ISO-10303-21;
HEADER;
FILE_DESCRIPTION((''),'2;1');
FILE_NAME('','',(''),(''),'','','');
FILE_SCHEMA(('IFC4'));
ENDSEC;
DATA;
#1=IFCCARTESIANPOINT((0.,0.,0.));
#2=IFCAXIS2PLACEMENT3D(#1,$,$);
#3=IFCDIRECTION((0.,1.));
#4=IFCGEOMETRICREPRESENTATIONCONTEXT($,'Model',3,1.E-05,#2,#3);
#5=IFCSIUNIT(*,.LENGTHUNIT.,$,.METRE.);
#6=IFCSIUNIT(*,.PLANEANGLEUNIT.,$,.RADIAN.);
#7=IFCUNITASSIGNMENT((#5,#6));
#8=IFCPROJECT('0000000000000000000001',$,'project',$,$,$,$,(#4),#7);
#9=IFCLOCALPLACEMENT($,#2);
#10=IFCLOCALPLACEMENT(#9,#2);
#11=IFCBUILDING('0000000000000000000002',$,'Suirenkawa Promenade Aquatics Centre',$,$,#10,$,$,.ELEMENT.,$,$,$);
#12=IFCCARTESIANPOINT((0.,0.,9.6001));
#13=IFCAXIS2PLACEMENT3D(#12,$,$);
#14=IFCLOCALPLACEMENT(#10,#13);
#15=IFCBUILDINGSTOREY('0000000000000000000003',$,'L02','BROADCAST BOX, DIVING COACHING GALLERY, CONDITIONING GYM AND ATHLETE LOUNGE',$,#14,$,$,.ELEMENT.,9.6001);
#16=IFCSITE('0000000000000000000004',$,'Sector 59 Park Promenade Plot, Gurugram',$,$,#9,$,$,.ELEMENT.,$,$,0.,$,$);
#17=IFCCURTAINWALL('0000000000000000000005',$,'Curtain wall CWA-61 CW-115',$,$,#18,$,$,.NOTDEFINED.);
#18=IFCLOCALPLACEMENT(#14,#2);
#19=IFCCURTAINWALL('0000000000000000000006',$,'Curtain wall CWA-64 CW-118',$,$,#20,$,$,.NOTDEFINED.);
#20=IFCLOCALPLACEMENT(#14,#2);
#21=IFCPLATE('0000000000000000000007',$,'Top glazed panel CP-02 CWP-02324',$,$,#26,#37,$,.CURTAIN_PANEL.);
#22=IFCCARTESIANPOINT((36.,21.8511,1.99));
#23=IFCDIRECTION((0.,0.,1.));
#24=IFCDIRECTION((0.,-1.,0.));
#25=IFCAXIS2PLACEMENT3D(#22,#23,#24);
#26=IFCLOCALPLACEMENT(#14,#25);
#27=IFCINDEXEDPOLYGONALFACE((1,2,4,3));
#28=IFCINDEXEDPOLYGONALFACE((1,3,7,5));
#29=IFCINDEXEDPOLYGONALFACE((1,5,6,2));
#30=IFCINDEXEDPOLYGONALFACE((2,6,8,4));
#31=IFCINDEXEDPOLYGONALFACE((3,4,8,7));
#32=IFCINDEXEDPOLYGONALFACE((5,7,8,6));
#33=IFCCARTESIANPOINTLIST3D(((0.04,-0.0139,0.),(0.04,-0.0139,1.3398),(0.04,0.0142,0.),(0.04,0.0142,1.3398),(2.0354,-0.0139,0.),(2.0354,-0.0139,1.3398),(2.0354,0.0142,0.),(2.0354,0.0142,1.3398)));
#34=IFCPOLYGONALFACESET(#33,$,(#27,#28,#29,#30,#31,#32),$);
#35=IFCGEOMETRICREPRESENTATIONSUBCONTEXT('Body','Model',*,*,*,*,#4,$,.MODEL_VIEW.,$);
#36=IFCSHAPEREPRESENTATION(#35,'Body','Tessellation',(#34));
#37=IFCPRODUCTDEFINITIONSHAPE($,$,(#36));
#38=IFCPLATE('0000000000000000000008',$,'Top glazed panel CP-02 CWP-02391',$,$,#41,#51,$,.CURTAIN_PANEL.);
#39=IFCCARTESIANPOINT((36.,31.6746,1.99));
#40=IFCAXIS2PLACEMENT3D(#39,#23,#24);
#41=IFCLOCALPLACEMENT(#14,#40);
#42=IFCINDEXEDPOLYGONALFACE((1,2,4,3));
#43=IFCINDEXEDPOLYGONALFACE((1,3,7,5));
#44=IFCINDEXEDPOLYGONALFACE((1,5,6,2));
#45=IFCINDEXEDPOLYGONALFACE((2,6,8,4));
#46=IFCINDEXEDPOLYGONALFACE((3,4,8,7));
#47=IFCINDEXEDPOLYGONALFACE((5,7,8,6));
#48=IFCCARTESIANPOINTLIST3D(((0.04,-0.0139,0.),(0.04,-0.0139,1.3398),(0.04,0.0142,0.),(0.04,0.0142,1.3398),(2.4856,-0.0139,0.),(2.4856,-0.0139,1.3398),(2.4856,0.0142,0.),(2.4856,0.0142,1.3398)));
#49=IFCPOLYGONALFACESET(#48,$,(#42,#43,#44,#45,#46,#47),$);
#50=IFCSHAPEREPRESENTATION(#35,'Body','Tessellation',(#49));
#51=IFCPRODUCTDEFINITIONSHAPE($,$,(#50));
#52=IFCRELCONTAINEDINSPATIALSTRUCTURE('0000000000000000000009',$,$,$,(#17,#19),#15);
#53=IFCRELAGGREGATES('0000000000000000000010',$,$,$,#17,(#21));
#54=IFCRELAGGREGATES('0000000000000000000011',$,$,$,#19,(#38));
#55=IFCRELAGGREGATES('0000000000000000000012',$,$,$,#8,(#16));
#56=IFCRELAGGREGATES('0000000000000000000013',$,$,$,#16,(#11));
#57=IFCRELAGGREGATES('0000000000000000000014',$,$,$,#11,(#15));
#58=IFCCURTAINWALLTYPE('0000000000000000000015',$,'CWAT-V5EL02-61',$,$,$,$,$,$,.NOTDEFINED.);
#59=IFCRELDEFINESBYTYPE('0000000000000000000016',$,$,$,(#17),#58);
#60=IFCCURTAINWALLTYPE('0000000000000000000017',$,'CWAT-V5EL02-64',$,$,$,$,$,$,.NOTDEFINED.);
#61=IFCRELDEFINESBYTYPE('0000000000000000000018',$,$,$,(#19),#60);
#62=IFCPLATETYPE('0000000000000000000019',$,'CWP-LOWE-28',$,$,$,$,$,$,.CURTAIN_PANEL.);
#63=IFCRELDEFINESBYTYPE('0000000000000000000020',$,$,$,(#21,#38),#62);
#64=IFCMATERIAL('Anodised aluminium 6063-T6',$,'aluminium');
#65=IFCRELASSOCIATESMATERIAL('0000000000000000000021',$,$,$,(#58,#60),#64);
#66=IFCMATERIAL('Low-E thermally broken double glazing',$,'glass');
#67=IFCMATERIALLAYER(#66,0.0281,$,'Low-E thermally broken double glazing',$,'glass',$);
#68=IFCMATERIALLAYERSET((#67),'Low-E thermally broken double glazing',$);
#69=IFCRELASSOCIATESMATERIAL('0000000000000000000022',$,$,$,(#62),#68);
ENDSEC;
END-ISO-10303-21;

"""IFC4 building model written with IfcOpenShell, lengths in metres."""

from ifc_helpers import new_model, si_unit, direction, frame, origin, place, context, subcontext, project, spatial, polyline, outline, extrude, material, layer, layer_set, type_object, element, aggregate, save


model = new_model("IFC4")

# Units and contexts
model_context = context("Model", 3, precision=1e-05, world=origin(), true_north=direction((0.0, 1.0)))
body_context = subcontext(model_context, "Body", "Model", "MODEL_VIEW")
ifc_project = project(units=[si_unit("LENGTHUNIT", "METRE"), si_unit("PLANEANGLEUNIT", "RADIAN")], contexts=[model_context])

# Site, building, storey
site_placement = place(None, origin())
site = spatial("IfcSite", under=ifc_project, at=site_placement, Name="Sector 59 Park Promenade Plot, Gurugram", CompositionType="ELEMENT", RefElevation=0.0)
building_placement = place(site_placement, origin())
building = spatial("IfcBuilding", under=site, at=building_placement, Name="Suirenkawa Promenade Aquatics Centre", CompositionType="ELEMENT")
storey_placement = place(building_placement, frame((0.0, 0.0, 9.6001)))
storey = spatial("IfcBuildingStorey", under=building, at=storey_placement, Name="L02", Description="BROADCAST BOX, DIVING COACHING GALLERY, CONDITIONING GYM AND ATHLETE LOUNGE", CompositionType="ELEMENT", Elevation=9.6001)

# Curtain wall
ifc_material_1 = material(Name="Anodised aluminium 6063-T6", Category="aluminium")
curtain_wall_type_1 = type_object("IfcCurtainWallType", Name="CWAT-V5EL02-61", PredefinedType="NOTDEFINED", material=ifc_material_1)
curtain_wall_1_placement = place(storey_placement, origin())
curtain_wall_1 = element("IfcCurtainWall", 1, at=curtain_wall_1_placement, inside=storey, type_object=curtain_wall_type_1, Name="Curtain wall CWA-61 CW-115", PredefinedType="NOTDEFINED")

# Curtain wall
curtain_wall_type_2 = type_object("IfcCurtainWallType", Name="CWAT-V5EL02-64", PredefinedType="NOTDEFINED", material=ifc_material_1)
curtain_wall_2_placement = place(storey_placement, origin())
curtain_wall_2 = element("IfcCurtainWall", 2, at=curtain_wall_2_placement, inside=storey, type_object=curtain_wall_type_2, Name="Curtain wall CWA-64 CW-118", PredefinedType="NOTDEFINED")

# Plates
ifc_material_2 = material(Name="Low-E thermally broken double glazing", Category="glass")
ifc_layer_1 = layer(ifc_material_2, 0.0281, Name="Low-E thermally broken double glazing", Category="glass")
ifc_layer_set_1 = layer_set([ifc_layer_1], Name="Low-E thermally broken double glazing")
plate_type_1 = type_object("IfcPlateType", Name="CWP-LOWE-28", PredefinedType="CURTAIN_PANEL", material=ifc_layer_set_1)
plate_1_placement = place(storey_placement, frame((36.0, 21.8511, 1.99), z_axis=(0.0, 0.0, 1.0), x_axis=(0.0, -1.0, 0.0)))
plate_1 = element("IfcPlate", 3, at=plate_1_placement, type_object=plate_type_1, Name="Top glazed panel CP-02 CWP-02324", PredefinedType="CURTAIN_PANEL", context=body_context, shape_type="SweptSolid", body=[
    extrude(outline(polyline([(0.04, 0.0), (2.0354, 0.0), (2.0354, 1.3398), (0.04, 1.3398), (0.04, 0.0)])), frame((0.0, 0.0142, 0.0), z_axis=(0.0, -1.0, 0.0), x_axis=(1.0, 0.0, 0.0)), (0.0, 0.0, 1.0), 0.0281),
])
aggregate(curtain_wall_1, [plate_1])
plate_2_placement = place(storey_placement, frame((36.0, 31.6746, 1.99), z_axis=(0.0, 0.0, 1.0), x_axis=(0.0, -1.0, 0.0)))
plate_2 = element("IfcPlate", 4, at=plate_2_placement, type_object=plate_type_1, Name="Top glazed panel CP-02 CWP-02391", PredefinedType="CURTAIN_PANEL", context=body_context, shape_type="SweptSolid", body=[
    extrude(outline(polyline([(0.04, 0.0), (2.4856, 0.0), (2.4856, 1.3398), (0.04, 1.3398), (0.04, 0.0)])), frame((0.0, 0.0142, 0.0), z_axis=(0.0, -1.0, 0.0), x_axis=(1.0, 0.0, 0.0)), (0.0, 0.0, 1.0), 0.0281),
])
aggregate(curtain_wall_2, [plate_2])

save(model, "model.ifc")
